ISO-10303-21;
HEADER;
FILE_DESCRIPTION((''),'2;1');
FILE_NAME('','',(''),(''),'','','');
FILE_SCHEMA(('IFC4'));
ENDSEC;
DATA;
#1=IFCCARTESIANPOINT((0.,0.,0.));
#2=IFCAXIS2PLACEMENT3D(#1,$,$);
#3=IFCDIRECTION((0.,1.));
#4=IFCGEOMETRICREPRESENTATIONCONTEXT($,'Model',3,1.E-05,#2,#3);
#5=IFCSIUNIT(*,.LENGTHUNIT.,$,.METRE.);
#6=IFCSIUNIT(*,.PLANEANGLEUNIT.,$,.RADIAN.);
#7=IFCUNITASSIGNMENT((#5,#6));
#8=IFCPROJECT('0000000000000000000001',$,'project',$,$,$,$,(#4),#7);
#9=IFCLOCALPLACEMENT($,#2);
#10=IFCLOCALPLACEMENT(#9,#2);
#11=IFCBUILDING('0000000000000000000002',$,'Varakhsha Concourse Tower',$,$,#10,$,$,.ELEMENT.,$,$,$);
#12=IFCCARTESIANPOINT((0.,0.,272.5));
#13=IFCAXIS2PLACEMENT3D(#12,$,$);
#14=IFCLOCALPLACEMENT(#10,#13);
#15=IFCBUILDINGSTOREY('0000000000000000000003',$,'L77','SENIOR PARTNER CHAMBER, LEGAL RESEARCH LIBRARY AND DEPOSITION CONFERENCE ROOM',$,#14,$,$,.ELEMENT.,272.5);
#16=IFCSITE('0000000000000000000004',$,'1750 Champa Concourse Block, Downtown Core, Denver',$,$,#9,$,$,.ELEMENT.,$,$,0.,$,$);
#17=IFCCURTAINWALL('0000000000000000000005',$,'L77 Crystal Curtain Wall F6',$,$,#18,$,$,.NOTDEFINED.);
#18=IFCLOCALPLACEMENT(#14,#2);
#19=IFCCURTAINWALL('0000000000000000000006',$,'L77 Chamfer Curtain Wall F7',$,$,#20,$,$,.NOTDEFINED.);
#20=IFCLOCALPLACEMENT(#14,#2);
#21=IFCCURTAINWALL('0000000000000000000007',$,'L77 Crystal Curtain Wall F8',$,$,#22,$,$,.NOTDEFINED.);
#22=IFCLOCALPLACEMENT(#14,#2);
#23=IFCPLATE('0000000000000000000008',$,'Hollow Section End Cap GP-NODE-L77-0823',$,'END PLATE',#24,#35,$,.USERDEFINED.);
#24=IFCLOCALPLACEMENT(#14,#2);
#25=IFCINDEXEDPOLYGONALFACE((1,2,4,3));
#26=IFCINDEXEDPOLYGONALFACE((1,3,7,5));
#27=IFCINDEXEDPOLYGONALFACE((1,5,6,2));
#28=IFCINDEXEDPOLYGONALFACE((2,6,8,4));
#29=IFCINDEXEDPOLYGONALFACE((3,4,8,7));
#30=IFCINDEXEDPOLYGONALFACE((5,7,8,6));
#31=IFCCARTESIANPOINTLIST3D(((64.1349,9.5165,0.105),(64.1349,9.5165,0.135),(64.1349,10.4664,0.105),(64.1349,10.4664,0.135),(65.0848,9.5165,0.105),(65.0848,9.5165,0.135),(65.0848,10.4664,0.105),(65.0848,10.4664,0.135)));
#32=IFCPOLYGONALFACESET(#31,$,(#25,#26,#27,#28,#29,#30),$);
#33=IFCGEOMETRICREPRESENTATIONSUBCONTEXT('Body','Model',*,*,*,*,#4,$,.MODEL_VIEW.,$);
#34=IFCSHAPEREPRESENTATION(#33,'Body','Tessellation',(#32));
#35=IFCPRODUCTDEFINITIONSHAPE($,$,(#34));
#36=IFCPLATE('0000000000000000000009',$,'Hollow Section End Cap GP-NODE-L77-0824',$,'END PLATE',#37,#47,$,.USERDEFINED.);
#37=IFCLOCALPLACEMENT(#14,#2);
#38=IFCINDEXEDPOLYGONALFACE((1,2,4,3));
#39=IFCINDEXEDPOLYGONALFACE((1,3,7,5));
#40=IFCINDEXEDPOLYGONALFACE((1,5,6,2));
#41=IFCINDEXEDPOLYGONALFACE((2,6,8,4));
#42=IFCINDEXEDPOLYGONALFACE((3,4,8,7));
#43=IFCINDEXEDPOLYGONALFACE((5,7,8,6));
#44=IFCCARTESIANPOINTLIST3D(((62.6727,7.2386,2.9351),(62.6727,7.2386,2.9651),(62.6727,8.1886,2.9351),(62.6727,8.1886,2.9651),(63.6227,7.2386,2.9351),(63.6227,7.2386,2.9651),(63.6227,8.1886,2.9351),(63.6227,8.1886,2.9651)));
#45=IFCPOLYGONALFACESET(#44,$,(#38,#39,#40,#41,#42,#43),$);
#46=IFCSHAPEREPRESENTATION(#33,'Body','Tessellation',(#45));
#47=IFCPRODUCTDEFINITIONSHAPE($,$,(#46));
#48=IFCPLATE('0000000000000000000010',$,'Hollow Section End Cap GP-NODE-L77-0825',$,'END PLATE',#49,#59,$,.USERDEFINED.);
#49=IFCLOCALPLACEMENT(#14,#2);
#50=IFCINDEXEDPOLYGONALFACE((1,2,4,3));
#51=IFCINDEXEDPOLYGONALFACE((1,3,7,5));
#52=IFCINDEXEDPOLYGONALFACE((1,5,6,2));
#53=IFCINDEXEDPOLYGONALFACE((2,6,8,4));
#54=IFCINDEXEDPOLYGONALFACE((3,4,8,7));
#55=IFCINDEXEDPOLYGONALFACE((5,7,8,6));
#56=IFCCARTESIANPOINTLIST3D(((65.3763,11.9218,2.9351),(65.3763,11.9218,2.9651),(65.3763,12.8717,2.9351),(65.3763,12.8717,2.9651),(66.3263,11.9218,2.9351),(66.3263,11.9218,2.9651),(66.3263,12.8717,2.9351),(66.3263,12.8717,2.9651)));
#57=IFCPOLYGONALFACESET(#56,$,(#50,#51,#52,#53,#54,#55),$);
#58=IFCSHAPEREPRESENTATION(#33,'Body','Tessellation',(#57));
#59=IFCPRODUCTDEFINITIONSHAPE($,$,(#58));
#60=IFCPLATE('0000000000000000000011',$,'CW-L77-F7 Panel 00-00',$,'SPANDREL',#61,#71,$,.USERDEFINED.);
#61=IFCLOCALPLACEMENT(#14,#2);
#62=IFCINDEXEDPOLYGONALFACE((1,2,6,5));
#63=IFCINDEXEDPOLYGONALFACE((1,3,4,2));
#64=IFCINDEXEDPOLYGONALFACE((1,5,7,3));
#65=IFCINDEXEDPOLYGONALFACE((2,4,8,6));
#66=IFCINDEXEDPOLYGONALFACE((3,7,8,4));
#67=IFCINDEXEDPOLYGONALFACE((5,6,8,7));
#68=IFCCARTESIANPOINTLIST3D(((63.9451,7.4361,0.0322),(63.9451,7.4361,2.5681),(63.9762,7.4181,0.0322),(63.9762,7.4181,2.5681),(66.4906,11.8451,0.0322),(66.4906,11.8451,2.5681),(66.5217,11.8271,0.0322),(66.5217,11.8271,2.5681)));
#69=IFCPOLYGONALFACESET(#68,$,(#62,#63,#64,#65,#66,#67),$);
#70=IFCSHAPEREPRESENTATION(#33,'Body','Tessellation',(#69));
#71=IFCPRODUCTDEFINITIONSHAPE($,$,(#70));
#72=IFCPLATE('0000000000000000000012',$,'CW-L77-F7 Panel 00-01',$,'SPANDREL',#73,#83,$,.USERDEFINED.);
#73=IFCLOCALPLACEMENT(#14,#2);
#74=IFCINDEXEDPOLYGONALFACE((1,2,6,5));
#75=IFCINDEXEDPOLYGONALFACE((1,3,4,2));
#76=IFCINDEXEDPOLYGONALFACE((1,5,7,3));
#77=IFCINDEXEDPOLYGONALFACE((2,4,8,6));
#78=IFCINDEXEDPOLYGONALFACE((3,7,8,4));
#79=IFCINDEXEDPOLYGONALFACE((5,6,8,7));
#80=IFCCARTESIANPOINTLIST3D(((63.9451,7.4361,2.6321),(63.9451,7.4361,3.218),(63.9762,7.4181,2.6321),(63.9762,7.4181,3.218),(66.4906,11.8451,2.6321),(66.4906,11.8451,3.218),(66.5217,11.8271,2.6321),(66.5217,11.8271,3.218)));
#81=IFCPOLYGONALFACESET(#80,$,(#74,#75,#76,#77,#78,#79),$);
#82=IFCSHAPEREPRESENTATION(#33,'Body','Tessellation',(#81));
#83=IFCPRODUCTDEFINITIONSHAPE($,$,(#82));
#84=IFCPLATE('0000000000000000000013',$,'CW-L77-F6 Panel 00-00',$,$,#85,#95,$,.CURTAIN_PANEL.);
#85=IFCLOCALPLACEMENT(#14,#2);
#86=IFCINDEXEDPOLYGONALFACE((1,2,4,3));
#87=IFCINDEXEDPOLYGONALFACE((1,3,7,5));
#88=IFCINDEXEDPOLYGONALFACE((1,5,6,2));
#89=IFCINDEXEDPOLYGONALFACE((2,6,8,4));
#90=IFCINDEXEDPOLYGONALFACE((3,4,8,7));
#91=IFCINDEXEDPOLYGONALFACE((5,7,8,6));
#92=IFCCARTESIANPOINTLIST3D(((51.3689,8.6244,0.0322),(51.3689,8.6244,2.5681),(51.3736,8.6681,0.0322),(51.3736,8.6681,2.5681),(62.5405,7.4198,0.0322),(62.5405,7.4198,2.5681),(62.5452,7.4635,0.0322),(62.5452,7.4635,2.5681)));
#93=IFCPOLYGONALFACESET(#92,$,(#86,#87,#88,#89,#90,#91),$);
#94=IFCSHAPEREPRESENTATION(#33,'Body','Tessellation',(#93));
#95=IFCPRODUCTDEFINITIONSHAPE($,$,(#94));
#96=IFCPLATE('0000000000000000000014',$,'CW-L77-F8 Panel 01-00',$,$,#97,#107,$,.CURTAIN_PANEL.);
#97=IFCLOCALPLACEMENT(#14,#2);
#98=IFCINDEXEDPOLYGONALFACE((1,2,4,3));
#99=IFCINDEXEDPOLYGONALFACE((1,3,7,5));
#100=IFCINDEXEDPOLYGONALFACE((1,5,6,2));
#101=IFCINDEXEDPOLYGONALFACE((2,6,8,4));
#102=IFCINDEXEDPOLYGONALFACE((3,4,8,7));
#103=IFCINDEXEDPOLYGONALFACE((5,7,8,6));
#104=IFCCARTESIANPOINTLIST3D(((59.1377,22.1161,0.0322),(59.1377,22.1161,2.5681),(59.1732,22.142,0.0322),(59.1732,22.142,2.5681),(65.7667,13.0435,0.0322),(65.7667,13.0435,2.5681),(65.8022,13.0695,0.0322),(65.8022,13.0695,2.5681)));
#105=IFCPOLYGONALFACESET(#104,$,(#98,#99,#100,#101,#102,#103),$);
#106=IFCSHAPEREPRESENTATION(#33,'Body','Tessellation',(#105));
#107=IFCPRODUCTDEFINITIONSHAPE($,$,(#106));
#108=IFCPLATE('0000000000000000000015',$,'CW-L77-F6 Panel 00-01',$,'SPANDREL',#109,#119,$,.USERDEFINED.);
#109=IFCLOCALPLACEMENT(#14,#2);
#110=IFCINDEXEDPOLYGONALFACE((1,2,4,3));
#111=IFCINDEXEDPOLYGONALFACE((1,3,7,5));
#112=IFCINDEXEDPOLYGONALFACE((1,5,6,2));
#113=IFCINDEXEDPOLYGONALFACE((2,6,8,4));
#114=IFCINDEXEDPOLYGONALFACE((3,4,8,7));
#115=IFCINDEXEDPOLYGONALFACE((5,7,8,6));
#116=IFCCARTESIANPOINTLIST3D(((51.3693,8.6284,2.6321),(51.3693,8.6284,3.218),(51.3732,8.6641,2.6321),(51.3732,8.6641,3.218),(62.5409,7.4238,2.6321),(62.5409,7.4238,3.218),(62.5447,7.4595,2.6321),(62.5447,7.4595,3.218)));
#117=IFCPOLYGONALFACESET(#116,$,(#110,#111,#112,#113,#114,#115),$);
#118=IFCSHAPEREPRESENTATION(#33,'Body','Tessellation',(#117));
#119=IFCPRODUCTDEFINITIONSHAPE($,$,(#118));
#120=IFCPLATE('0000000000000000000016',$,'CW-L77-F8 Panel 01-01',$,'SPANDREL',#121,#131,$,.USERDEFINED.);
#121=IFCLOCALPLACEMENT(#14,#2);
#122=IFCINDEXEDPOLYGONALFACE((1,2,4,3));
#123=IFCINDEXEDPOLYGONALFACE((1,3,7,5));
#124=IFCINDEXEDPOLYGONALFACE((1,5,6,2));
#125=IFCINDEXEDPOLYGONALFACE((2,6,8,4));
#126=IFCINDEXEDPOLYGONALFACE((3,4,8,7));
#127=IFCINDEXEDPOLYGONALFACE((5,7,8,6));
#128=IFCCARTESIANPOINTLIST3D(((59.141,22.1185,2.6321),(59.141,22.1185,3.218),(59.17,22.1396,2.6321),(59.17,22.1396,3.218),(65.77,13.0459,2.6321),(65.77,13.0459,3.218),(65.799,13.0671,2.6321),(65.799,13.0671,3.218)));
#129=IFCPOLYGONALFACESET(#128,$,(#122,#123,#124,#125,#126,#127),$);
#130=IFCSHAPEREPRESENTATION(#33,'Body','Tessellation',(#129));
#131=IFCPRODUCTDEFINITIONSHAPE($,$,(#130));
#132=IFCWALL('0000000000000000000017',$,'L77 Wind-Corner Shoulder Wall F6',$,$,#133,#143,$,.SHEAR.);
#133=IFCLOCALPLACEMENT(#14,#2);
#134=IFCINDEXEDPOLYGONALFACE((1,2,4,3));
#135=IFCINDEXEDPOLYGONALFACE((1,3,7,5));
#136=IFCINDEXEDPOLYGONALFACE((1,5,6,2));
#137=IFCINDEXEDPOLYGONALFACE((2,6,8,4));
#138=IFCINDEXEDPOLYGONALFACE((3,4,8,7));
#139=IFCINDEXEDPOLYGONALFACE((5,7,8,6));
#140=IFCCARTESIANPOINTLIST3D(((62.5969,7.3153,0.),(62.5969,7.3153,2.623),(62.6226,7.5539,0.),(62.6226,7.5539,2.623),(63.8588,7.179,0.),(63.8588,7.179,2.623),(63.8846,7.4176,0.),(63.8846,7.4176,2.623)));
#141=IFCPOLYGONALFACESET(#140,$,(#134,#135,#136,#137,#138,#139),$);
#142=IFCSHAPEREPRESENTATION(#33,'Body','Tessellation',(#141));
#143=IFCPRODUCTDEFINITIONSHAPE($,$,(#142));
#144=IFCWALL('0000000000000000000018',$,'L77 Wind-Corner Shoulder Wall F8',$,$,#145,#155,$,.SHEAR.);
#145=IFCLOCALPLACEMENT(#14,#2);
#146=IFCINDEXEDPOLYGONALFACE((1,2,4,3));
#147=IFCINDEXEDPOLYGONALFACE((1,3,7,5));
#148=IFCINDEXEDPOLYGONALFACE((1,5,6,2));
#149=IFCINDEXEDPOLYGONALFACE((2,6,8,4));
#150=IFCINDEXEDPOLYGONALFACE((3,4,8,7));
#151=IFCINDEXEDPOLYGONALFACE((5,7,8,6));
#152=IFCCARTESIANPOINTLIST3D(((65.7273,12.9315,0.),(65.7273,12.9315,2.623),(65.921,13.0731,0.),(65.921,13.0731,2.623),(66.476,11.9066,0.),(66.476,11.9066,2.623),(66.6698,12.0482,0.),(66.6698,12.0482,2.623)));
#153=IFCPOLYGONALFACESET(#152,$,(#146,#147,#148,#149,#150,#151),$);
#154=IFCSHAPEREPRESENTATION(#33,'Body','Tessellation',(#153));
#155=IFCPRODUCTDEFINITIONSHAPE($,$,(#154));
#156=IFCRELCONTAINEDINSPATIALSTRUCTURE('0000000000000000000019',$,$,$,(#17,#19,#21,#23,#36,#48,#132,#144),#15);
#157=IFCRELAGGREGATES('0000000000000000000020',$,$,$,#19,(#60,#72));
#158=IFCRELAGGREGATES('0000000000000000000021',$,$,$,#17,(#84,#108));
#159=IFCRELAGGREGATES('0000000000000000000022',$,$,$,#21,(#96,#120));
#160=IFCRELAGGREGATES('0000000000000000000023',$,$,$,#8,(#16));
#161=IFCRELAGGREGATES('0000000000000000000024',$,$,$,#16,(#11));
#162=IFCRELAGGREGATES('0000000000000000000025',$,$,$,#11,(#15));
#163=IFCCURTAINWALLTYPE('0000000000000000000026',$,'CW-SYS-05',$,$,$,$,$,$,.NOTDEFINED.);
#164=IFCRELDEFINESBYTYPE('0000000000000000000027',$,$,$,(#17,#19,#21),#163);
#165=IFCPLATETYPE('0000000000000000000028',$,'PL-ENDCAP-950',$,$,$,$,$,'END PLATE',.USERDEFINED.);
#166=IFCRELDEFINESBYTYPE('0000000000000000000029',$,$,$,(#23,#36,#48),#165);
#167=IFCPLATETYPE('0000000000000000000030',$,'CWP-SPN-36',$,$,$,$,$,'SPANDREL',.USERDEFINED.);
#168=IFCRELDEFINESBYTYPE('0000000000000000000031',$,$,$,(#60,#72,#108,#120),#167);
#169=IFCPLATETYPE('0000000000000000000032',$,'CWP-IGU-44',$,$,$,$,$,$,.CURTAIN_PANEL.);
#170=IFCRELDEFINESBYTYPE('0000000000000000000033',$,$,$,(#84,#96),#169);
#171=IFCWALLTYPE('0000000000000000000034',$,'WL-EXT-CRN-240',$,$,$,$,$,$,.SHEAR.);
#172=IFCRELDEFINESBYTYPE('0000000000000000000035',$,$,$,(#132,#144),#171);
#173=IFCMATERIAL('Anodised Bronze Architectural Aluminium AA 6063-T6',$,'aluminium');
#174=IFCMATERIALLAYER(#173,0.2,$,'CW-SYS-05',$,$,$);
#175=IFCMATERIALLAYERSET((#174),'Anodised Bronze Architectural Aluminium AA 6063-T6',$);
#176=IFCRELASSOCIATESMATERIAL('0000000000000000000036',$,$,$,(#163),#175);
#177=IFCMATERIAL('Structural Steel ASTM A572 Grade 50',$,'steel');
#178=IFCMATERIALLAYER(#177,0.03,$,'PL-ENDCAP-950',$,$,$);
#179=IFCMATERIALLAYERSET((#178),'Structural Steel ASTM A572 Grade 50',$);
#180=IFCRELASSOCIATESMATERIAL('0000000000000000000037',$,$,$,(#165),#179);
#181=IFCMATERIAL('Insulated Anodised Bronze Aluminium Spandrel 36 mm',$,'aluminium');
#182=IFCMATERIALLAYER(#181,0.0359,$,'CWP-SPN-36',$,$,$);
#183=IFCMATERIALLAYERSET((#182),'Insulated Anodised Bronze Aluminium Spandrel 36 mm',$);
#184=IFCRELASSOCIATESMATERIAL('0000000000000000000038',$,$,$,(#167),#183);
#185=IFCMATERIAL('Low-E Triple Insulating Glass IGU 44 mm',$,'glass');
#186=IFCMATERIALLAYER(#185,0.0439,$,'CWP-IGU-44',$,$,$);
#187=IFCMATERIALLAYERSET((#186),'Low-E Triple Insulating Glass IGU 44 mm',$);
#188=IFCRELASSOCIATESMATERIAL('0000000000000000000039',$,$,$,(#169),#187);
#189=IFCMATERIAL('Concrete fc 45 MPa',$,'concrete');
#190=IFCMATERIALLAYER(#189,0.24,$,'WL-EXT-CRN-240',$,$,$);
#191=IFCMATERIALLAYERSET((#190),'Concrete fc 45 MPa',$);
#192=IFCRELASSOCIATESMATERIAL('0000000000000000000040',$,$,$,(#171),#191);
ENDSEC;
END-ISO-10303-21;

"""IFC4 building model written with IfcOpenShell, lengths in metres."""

from ifc_helpers import new_model, si_unit, direction, frame, frame_2d, origin, origin_2d, place, context, subcontext, project, spatial, rectangle, extrude, source, transform, mapped, material, layer, layer_set, type_object, type_shapes, element, aggregate, save


model = new_model("IFC4")

# Units and contexts
model_context = context("Model", 3, precision=1e-05, world=origin(), true_north=direction((0.0, 1.0)))
body_context = subcontext(model_context, "Body", "Model", "MODEL_VIEW")
ifc_project = project(units=[si_unit("LENGTHUNIT", "METRE"), si_unit("PLANEANGLEUNIT", "RADIAN")], contexts=[model_context])

# Site, building, storey
site_placement = place(None, origin())
site = spatial("IfcSite", under=ifc_project, at=site_placement, Name="1750 Champa Concourse Block, Downtown Core, Denver", CompositionType="ELEMENT", RefElevation=0.0)
building_placement = place(site_placement, origin())
building = spatial("IfcBuilding", under=site, at=building_placement, Name="Varakhsha Concourse Tower", CompositionType="ELEMENT")
storey_placement = place(building_placement, frame((0.0, 0.0, 272.5)))
storey = spatial("IfcBuildingStorey", under=building, at=storey_placement, Name="L77", Description="SENIOR PARTNER CHAMBER, LEGAL RESEARCH LIBRARY AND DEPOSITION CONFERENCE ROOM", CompositionType="ELEMENT", Elevation=272.5)

# Shared definitions
ifc_material_1 = material(Name="Structural Steel ASTM A572 Grade 50", Category="steel")

# Curtain wall
ifc_material_2 = material(Name="Anodised Bronze Architectural Aluminium AA 6063-T6", Category="aluminium")
ifc_layer_1 = layer(ifc_material_2, 0.2, Name="CW-SYS-05")
ifc_layer_set_1 = layer_set([ifc_layer_1], Name="Anodised Bronze Architectural Aluminium AA 6063-T6")
curtain_wall_type = type_object("IfcCurtainWallType", Name="CW-SYS-05", PredefinedType="NOTDEFINED", material=ifc_layer_set_1)
curtain_wall_1_placement = place(storey_placement, origin())
curtain_wall_1 = element("IfcCurtainWall", 1, at=curtain_wall_1_placement, inside=storey, type_object=curtain_wall_type, Name="L77 Crystal Curtain Wall F6", PredefinedType="NOTDEFINED")

# Curtain wall
curtain_wall_2_placement = place(storey_placement, origin())
curtain_wall_2 = element("IfcCurtainWall", 2, at=curtain_wall_2_placement, inside=storey, type_object=curtain_wall_type, Name="L77 Chamfer Curtain Wall F7", PredefinedType="NOTDEFINED")

# Curtain wall
curtain_wall_3_placement = place(storey_placement, origin())
curtain_wall_3 = element("IfcCurtainWall", 3, at=curtain_wall_3_placement, inside=storey, type_object=curtain_wall_type, Name="L77 Crystal Curtain Wall F8", PredefinedType="NOTDEFINED")

# Plates
ifc_layer_2 = layer(ifc_material_1, 0.03, Name="PL-ENDCAP-950")
ifc_layer_set_2 = layer_set([ifc_layer_2], Name="Structural Steel ASTM A572 Grade 50")
plate_type_1 = type_object("IfcPlateType", Name="PL-ENDCAP-950", ElementType="END PLATE", PredefinedType="USERDEFINED", material=ifc_layer_set_2)
shared_shape_1 = source(origin(), body_context, "Body", "SweptSolid", [
    extrude(rectangle(XDim=0.95, YDim=0.95, at=origin_2d()), origin(), (0.0, 0.0, 1.0), 0.03),
])
type_shapes(plate_type_1, [shared_shape_1])
for number, where, z_axis, x_axis, name in (
    (4, (64.6099, 9.9915, 0.105), (0.0, 0.0, 1.0), (1.0, 0.0, 0.0), "Hollow Section End Cap GP-NODE-L77-0823"),
    (5, (63.1477, 7.7136, 2.9351), (0.0, 0.0, 1.0), (1.0, 0.0, 0.0), "Hollow Section End Cap GP-NODE-L77-0824"),
    (6, (65.8513, 12.3967, 2.9351), (0.0, 0.0, 1.0), (1.0, 0.0, 0.0), "Hollow Section End Cap GP-NODE-L77-0825"),
):
    element("IfcPlate", number, at=place(storey_placement, frame(where, z_axis=z_axis, x_axis=x_axis)), inside=storey, type_object=plate_type_1, Name=name, ObjectType="END PLATE", PredefinedType="USERDEFINED", context=body_context, shape_type="MappedRepresentation", body=[
        mapped(shared_shape_1, transform((0.0, 0.0, 0.0), scale=1.0)),
    ])

# Plates
ifc_material_3 = material(Name="Insulated Anodised Bronze Aluminium Spandrel 36 mm", Category="aluminium")
ifc_layer_3 = layer(ifc_material_3, 0.0359, Name="CWP-SPN-36")
ifc_layer_set_3 = layer_set([ifc_layer_3], Name="Insulated Anodised Bronze Aluminium Spandrel 36 mm")
plate_type_2 = type_object("IfcPlateType", Name="CWP-SPN-36", ElementType="SPANDREL", PredefinedType="USERDEFINED", material=ifc_layer_set_3)
shared_shape_2 = source(origin(), body_context, "Body", "SweptSolid", [
    extrude(rectangle(XDim=5.0911, YDim=0.0359, at=origin_2d()), origin(), (0.0, 0.0, 1.0), 2.5359),
])
plate_1_placement = place(storey_placement, frame((65.2334, 9.6316, 0.0322), z_axis=(0.0, 0.0, 1.0), x_axis=(-0.499991, -0.866031, 0.0)))
plate_1 = element("IfcPlate", 7, at=plate_1_placement, type_object=plate_type_2, Name="CW-L77-F7 Panel 00-00", ObjectType="SPANDREL", PredefinedType="USERDEFINED", context=body_context, shape_type="MappedRepresentation", body=[
    mapped(shared_shape_2, transform((0.0, 0.0, 0.0), scale=1.0)),
])
shared_shape_3 = source(origin(), body_context, "Body", "SweptSolid", [
    extrude(rectangle(XDim=5.0911, YDim=0.0359, at=origin_2d()), origin(), (0.0, 0.0, 1.0), 0.5859),
])
plate_2_placement = place(storey_placement, frame((65.2334, 9.6316, 2.6321), z_axis=(0.0, 0.0, 1.0), x_axis=(-0.499991, -0.866031, 0.0)))
plate_2 = element("IfcPlate", 8, at=plate_2_placement, type_object=plate_type_2, Name="CW-L77-F7 Panel 00-01", ObjectType="SPANDREL", PredefinedType="USERDEFINED", context=body_context, shape_type="MappedRepresentation", body=[
    mapped(shared_shape_3, transform((0.0, 0.0, 0.0), scale=1.0)),
])
aggregate(curtain_wall_2, [plate_1, plate_2])
ifc_material_4 = material(Name="Low-E Triple Insulating Glass IGU 44 mm", Category="glass")
ifc_layer_4 = layer(ifc_material_4, 0.0439, Name="CWP-IGU-44")
ifc_layer_set_4 = layer_set([ifc_layer_4], Name="Low-E Triple Insulating Glass IGU 44 mm")
plate_type_3 = type_object("IfcPlateType", Name="CWP-IGU-44", PredefinedType="CURTAIN_PANEL", material=ifc_layer_set_4)
shared_shape_4 = source(origin(), body_context, "Body", "SweptSolid", [
    extrude(rectangle(XDim=11.2363, YDim=0.0439, at=origin_2d()), origin(), (0.0, 0.0, 1.0), 2.5359),
])
type_shapes(plate_type_3, [shared_shape_4])
plate_3_placement = place(storey_placement, frame((56.957, 8.0439, 0.0322), z_axis=(0.0, 0.0, 1.0), x_axis=(-0.994236, 0.10721, 0.0)))
plate_3 = element("IfcPlate", 9, at=plate_3_placement, type_object=plate_type_3, Name="CW-L77-F6 Panel 00-00", PredefinedType="CURTAIN_PANEL", context=body_context, shape_type="MappedRepresentation", body=[
    mapped(shared_shape_4, transform((0.0, 0.0, 0.0), scale=1.0)),
])
plate_4_placement = place(storey_placement, frame((62.47, 17.5928, 0.0322), z_axis=(0.0, 0.0, 1.0), x_axis=(0.58996, -0.807432, 0.0)))
plate_4 = element("IfcPlate", 10, at=plate_4_placement, type_object=plate_type_3, Name="CW-L77-F8 Panel 01-00", PredefinedType="CURTAIN_PANEL", context=body_context, shape_type="MappedRepresentation", body=[
    mapped(shared_shape_4, transform((0.0, 0.0, 0.0), scale=1.0)),
])
shared_shape_5 = source(origin(), body_context, "Body", "SweptSolid", [
    extrude(rectangle(XDim=11.2363, YDim=0.0359, at=origin_2d()), origin(), (0.0, 0.0, 1.0), 0.5859),
])
type_shapes(plate_type_2, [shared_shape_2, shared_shape_3, shared_shape_5])
plate_5_placement = place(storey_placement, frame((56.957, 8.0439, 2.6321), z_axis=(0.0, 0.0, 1.0), x_axis=(-0.994236, 0.10721, 0.0)))
plate_5 = element("IfcPlate", 11, at=plate_5_placement, type_object=plate_type_2, Name="CW-L77-F6 Panel 00-01", ObjectType="SPANDREL", PredefinedType="USERDEFINED", context=body_context, shape_type="MappedRepresentation", body=[
    mapped(shared_shape_5, transform((0.0, 0.0, 0.0), scale=1.0)),
])
aggregate(curtain_wall_1, [plate_3, plate_5])
plate_6_placement = place(storey_placement, frame((62.47, 17.5928, 2.6321), z_axis=(0.0, 0.0, 1.0), x_axis=(0.58996, -0.807432, 0.0)))
plate_6 = element("IfcPlate", 12, at=plate_6_placement, type_object=plate_type_2, Name="CW-L77-F8 Panel 01-01", ObjectType="SPANDREL", PredefinedType="USERDEFINED", context=body_context, shape_type="MappedRepresentation", body=[
    mapped(shared_shape_5, transform((0.0, 0.0, 0.0), scale=1.0)),
])
aggregate(curtain_wall_3, [plate_4, plate_6])

# Walls
ifc_material_5 = material(Name="Concrete fc 45 MPa", Category="concrete")
ifc_layer_5 = layer(ifc_material_5, 0.24, Name="WL-EXT-CRN-240")
ifc_layer_set_5 = layer_set([ifc_layer_5], Name="Concrete fc 45 MPa")
wall_type = type_object("IfcWallType", Name="WL-EXT-CRN-240", PredefinedType="SHEAR", material=ifc_layer_set_5)
for number, where, z_axis, x_axis, name in (
    (13, (62.6096, 7.4346, 0.0), (0.0, 0.0, 1.0), (0.994224, -0.107328, 0.0), "L77 Wind-Corner Shoulder Wall F6"),
    (14, (66.573, 11.9773, 0.0), (0.0, 0.0, 1.0), (-0.58992, 0.807462, 0.0), "L77 Wind-Corner Shoulder Wall F8"),
):
    element("IfcWall", number, at=place(storey_placement, frame(where, z_axis=z_axis, x_axis=x_axis)), inside=storey, type_object=wall_type, Name=name, PredefinedType="SHEAR", context=body_context, shape_type="SweptSolid", body=[
        extrude(rectangle(XDim=1.2693, YDim=0.24, at=frame_2d((0.6348, 0.0))), origin(), (0.0, 0.0, 1.0), 2.623),
    ])

save(model, "model.ifc")
